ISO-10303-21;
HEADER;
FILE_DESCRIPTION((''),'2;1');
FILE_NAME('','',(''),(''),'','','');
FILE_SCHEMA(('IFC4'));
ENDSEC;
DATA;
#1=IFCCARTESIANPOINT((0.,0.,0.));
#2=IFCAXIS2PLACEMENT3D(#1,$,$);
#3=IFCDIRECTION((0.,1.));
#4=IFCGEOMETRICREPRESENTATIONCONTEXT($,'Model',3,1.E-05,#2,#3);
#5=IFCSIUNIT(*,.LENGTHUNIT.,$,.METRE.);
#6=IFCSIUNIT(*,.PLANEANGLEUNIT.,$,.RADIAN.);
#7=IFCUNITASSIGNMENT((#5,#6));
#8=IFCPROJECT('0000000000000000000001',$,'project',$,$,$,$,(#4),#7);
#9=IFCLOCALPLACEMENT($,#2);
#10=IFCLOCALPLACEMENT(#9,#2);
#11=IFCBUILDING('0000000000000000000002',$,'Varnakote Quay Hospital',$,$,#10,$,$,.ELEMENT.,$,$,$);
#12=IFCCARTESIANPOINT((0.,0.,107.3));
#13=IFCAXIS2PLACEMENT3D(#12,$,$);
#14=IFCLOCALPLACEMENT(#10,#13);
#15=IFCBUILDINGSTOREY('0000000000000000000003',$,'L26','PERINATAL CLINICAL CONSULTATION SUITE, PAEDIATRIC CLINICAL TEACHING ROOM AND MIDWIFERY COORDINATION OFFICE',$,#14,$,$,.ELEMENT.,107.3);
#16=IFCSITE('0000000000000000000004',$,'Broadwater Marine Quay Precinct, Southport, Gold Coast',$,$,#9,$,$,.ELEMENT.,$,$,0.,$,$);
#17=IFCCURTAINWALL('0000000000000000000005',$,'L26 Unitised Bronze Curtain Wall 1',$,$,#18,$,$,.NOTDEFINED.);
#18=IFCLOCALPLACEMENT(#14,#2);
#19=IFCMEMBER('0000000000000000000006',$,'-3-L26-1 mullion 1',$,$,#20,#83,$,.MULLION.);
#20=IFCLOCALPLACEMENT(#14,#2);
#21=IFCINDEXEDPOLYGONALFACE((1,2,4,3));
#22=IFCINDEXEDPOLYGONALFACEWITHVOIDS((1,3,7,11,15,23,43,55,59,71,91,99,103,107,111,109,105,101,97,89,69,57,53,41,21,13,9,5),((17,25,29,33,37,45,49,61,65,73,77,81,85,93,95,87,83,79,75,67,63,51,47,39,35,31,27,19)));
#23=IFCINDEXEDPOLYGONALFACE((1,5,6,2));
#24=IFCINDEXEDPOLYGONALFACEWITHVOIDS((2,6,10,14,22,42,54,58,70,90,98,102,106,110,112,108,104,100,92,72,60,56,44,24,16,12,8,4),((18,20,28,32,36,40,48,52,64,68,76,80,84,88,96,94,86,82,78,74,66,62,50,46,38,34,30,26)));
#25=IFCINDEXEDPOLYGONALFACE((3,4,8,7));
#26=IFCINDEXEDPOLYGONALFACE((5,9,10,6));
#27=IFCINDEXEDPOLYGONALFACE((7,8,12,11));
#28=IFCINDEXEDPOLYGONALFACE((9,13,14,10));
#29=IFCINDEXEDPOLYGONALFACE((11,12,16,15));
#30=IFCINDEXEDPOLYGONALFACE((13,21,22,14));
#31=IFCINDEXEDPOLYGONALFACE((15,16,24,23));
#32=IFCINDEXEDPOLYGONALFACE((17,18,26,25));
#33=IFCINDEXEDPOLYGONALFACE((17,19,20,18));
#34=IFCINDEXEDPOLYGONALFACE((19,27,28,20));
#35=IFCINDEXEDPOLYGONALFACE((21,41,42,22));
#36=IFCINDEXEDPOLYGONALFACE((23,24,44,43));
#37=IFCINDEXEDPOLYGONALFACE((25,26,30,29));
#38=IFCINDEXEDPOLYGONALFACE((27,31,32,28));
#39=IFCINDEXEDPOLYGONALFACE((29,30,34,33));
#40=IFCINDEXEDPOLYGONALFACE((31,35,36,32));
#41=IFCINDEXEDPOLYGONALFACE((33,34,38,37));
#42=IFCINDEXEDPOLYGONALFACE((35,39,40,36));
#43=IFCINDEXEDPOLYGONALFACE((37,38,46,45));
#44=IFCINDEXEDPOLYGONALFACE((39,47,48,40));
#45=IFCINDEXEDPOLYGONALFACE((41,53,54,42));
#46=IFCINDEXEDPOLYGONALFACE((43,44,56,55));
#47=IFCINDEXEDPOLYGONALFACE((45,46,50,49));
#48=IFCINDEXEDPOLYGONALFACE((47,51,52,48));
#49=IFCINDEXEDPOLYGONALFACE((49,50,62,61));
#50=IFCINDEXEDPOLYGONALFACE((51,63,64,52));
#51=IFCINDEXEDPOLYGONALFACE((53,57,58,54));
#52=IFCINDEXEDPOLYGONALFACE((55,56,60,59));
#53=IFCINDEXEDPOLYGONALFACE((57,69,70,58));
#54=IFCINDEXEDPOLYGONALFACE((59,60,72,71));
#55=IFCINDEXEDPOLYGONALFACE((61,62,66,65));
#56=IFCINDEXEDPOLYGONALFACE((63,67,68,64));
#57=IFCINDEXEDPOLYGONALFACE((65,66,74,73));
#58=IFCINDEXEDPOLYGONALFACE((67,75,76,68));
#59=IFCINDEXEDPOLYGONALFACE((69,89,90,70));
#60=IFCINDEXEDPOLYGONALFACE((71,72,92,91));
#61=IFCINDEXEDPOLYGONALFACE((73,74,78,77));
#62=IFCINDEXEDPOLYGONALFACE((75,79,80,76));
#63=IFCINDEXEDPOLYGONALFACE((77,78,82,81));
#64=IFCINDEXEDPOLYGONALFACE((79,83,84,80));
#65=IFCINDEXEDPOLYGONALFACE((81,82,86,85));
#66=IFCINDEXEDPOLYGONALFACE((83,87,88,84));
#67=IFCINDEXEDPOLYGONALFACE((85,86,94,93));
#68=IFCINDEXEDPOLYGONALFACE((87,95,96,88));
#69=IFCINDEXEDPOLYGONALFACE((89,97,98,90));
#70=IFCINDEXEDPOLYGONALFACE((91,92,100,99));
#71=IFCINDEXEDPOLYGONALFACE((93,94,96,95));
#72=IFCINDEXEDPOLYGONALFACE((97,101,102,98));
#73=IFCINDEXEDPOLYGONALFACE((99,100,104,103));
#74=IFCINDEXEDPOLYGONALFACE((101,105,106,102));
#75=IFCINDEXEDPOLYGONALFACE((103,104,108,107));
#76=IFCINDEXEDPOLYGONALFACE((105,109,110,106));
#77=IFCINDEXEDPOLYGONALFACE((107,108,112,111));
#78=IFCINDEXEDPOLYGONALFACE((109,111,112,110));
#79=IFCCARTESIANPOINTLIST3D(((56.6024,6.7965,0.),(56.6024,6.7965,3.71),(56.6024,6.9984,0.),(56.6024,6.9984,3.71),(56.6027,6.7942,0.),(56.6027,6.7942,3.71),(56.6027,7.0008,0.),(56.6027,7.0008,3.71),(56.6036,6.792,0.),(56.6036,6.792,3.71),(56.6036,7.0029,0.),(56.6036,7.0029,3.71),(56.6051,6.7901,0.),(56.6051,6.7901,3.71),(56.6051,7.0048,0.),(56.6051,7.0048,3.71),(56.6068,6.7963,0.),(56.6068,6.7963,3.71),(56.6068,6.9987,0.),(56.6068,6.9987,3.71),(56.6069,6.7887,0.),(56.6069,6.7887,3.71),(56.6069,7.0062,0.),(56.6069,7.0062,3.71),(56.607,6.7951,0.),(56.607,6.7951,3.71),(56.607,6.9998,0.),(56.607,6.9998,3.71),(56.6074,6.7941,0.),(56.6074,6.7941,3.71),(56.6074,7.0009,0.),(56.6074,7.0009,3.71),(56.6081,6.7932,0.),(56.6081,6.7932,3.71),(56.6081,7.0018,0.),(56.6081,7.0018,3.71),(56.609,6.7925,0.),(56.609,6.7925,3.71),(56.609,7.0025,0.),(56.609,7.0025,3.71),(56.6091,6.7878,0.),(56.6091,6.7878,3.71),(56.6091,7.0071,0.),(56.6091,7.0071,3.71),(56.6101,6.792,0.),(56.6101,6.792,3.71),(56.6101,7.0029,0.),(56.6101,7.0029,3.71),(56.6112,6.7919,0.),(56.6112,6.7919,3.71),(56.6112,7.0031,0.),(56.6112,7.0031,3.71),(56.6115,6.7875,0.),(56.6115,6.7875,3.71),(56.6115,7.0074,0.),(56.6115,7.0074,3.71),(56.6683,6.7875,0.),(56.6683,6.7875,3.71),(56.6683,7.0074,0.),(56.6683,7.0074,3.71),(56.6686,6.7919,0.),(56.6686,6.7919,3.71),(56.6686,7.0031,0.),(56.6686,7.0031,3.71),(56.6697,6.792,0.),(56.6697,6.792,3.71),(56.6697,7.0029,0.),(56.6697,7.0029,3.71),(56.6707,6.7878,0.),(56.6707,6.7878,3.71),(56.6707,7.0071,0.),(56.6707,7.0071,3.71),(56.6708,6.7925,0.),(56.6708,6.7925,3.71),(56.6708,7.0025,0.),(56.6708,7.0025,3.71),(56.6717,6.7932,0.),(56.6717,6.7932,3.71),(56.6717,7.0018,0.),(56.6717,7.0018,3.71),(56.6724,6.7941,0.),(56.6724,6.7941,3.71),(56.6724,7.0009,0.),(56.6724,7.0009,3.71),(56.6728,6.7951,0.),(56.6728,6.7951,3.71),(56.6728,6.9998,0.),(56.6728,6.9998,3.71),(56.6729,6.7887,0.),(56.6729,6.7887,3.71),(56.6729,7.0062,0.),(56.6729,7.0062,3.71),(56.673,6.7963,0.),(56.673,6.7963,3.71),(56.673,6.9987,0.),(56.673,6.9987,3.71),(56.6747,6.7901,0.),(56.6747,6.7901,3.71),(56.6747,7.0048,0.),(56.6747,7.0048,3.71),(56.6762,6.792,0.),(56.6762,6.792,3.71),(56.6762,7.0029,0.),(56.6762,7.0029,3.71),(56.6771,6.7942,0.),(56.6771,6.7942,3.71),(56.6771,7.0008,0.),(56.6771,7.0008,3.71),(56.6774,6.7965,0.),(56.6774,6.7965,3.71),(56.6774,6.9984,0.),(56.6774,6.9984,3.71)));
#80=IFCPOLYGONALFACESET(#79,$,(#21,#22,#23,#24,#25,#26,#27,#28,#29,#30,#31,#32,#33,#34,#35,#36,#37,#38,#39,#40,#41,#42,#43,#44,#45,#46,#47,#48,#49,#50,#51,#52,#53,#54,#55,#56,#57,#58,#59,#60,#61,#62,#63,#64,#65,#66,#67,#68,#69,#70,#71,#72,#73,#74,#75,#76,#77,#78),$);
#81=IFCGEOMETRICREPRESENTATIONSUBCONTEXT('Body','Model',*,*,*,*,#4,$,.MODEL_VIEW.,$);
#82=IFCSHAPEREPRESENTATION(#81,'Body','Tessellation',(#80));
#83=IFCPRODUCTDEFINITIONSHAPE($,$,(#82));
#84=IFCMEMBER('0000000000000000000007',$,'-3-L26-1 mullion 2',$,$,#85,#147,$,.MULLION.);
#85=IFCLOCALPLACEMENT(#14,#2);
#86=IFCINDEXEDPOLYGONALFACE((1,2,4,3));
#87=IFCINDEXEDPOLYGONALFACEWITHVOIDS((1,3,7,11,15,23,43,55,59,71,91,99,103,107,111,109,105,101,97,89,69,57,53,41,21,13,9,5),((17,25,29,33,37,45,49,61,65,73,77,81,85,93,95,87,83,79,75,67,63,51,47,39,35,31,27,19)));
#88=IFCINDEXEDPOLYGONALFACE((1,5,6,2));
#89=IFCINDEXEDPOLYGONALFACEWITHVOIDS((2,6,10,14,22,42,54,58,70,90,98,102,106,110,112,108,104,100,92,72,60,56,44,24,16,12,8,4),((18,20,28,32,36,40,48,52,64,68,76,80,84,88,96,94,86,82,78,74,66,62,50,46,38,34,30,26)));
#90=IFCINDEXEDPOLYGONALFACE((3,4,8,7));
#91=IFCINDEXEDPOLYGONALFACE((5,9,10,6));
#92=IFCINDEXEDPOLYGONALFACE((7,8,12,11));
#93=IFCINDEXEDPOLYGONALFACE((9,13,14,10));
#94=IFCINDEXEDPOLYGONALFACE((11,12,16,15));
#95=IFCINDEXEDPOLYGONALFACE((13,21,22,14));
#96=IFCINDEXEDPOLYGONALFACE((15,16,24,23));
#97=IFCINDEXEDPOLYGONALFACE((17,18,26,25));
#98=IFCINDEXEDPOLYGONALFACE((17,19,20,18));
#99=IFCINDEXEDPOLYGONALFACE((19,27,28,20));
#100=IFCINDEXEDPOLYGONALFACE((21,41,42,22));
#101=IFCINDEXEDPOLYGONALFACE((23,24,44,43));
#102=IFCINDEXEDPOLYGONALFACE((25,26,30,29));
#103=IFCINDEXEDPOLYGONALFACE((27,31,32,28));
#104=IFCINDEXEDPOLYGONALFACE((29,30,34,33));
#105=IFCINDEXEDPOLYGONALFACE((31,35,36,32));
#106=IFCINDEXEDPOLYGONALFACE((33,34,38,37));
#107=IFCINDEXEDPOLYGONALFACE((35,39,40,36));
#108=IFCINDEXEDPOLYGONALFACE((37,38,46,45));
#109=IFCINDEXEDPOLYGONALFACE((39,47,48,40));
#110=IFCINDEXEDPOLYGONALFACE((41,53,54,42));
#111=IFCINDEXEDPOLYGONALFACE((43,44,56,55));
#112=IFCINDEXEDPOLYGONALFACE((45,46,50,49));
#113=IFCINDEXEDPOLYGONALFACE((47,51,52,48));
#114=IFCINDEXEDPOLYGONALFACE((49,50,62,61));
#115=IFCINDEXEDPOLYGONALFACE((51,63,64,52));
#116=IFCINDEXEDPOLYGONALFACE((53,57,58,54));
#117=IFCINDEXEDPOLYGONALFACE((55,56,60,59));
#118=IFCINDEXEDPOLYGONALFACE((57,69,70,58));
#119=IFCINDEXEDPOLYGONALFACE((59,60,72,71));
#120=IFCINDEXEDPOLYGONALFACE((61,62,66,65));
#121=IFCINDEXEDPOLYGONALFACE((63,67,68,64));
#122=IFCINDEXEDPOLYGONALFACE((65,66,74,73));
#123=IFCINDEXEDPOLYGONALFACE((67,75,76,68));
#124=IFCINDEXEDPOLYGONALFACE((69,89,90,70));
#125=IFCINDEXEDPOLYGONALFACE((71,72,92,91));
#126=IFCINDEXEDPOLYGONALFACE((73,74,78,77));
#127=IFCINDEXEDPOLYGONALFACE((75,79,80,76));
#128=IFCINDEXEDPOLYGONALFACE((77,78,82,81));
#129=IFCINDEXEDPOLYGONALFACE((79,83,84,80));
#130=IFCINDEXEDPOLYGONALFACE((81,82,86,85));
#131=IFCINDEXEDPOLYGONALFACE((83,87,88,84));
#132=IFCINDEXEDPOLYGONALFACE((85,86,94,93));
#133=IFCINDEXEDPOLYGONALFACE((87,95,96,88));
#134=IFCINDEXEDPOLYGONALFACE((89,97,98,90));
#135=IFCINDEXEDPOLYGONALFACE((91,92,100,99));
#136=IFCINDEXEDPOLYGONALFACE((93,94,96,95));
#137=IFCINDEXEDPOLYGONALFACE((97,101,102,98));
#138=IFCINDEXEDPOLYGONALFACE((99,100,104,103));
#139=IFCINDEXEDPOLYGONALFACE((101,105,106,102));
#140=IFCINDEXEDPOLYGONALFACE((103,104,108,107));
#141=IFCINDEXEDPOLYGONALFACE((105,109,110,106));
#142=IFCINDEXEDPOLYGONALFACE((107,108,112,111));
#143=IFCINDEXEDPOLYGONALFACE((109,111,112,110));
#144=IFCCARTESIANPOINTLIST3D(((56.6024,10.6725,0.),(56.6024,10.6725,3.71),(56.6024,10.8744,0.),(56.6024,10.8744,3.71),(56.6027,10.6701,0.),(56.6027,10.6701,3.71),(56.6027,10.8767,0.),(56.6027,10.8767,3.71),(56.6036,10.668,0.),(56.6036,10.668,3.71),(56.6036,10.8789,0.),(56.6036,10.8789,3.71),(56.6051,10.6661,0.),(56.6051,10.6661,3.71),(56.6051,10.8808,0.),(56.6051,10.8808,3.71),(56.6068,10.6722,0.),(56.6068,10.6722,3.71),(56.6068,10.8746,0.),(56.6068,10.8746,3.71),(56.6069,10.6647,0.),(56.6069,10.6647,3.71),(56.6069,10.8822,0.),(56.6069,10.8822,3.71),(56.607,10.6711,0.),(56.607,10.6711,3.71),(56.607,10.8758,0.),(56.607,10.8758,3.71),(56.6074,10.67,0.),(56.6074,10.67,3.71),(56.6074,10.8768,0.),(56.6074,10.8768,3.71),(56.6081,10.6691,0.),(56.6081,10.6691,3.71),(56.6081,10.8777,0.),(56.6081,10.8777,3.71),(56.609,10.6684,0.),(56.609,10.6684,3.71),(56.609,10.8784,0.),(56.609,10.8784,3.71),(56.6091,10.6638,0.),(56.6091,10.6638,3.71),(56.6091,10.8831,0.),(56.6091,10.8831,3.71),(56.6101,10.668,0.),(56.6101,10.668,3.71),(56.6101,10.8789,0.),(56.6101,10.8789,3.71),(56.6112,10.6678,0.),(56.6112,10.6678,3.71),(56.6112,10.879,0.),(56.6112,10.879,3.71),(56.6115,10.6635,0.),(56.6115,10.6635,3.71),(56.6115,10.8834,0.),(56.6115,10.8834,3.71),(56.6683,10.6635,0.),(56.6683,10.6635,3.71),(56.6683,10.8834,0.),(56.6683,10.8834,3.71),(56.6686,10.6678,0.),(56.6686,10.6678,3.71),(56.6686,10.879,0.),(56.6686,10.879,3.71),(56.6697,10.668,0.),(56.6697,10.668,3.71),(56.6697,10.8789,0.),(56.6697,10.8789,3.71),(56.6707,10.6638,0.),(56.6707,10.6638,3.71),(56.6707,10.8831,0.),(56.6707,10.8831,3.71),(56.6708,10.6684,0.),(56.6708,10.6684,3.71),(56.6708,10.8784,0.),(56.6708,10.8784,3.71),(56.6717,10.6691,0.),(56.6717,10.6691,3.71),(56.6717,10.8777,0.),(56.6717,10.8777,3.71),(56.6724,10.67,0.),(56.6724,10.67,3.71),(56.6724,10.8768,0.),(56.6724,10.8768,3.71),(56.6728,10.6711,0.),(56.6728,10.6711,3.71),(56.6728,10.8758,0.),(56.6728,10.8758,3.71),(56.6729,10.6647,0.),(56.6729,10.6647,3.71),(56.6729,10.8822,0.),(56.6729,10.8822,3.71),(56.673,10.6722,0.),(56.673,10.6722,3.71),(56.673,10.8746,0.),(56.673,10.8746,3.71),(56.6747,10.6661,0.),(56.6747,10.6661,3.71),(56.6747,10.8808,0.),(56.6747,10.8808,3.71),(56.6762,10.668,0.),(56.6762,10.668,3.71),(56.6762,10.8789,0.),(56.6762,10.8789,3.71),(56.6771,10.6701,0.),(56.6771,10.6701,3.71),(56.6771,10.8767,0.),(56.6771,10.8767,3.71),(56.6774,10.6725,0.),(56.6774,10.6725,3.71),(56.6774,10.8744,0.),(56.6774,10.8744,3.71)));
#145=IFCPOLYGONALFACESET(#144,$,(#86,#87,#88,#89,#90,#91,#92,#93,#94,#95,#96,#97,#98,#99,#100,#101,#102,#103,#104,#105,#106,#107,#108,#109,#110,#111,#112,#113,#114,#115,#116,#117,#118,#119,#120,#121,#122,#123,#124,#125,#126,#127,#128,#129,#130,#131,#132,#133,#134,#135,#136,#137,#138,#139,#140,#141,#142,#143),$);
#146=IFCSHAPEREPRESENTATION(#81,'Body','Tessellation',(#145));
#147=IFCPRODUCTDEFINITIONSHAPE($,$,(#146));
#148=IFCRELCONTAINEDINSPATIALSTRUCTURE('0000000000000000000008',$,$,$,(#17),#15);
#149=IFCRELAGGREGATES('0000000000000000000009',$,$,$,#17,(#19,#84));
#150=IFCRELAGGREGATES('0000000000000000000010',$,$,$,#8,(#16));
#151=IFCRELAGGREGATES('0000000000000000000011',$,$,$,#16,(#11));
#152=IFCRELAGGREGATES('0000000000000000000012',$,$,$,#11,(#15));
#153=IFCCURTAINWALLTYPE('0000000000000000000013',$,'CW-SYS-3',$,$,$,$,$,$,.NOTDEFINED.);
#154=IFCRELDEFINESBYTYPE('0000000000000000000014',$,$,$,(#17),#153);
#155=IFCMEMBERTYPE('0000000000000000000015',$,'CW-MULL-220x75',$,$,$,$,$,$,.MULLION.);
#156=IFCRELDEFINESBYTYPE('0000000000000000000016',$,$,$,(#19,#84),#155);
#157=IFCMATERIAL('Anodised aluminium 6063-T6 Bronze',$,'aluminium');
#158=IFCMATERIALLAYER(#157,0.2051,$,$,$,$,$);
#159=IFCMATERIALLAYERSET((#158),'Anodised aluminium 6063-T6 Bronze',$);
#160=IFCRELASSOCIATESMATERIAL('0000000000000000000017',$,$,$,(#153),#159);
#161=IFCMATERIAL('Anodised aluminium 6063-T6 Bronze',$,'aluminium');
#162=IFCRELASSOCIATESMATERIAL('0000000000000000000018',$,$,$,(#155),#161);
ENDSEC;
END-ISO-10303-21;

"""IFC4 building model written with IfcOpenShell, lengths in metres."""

from ifc_helpers import new_model, si_unit, direction, frame, origin, origin_2d, place, context, subcontext, project, spatial, hollow_rectangle, extrude, material, layer, layer_set, material_profile, profile_set, type_object, element, aggregate, save


model = new_model("IFC4")

# Units and contexts
model_context = context("Model", 3, precision=1e-05, world=origin(), true_north=direction((0.0, 1.0)))
body_context = subcontext(model_context, "Body", "Model", "MODEL_VIEW")
ifc_project = project(units=[si_unit("LENGTHUNIT", "METRE"), si_unit("PLANEANGLEUNIT", "RADIAN")], contexts=[model_context])

# Site, building, storey
site_placement = place(None, origin())
site = spatial("IfcSite", under=ifc_project, at=site_placement, Name="Broadwater Marine Quay Precinct, Southport, Gold Coast", CompositionType="ELEMENT", RefElevation=0.0)
building_placement = place(site_placement, origin())
building = spatial("IfcBuilding", under=site, at=building_placement, Name="Varnakote Quay Hospital", CompositionType="ELEMENT")
storey_placement = place(building_placement, frame((0.0, 0.0, 107.3)))
storey = spatial("IfcBuildingStorey", under=building, at=storey_placement, Name="L26", Description="PERINATAL CLINICAL CONSULTATION SUITE, PAEDIATRIC CLINICAL TEACHING ROOM AND MIDWIFERY COORDINATION OFFICE", CompositionType="ELEMENT", Elevation=107.3)

# Curtain wall, members
ifc_material_1 = material(Name="Anodised aluminium 6063-T6 Bronze", Category="aluminium")
ifc_layer_1 = layer(ifc_material_1, 0.2051)
ifc_layer_set_1 = layer_set([ifc_layer_1], Name="Anodised aluminium 6063-T6 Bronze")
curtain_wall_type = type_object("IfcCurtainWallType", Name="CW-SYS-3", PredefinedType="NOTDEFINED", material=ifc_layer_set_1)
curtain_wall_placement = place(storey_placement, origin())
curtain_wall = element("IfcCurtainWall", 1, at=curtain_wall_placement, inside=storey, type_object=curtain_wall_type, Name="L26 Unitised Bronze Curtain Wall 1", PredefinedType="NOTDEFINED")
ifc_material_2 = material(Name="Anodised aluminium 6063-T6 Bronze", Category="aluminium")
ifc_material_profile_1 = material_profile(ifc_material_2, hollow_rectangle(XDim=0.075, YDim=0.22, WallThickness=0.0044, InnerFilletRadius=0.0044, OuterFilletRadius=0.009, at=origin_2d()), Name="CW-MULL-220x75")
ifc_profile_set_1 = profile_set([ifc_material_profile_1], Name="Anodised aluminium 6063-T6 Bronze")
member_type_1 = type_object("IfcMemberType", Name="CW-MULL-220x75", PredefinedType="MULLION", material=ifc_profile_set_1)
member_1_placement = place(storey_placement, frame((56.6399, 6.8975, 0.0), z_axis=(0.0, 0.0, 1.0), x_axis=(-1.0, 0.0, 0.0)))
member_1 = element("IfcMember", 2, at=member_1_placement, type_object=member_type_1, Name="-3-L26-1 mullion 1", PredefinedType="MULLION", context=body_context, shape_type="SweptSolid", body=[
    extrude(hollow_rectangle(XDim=0.075, YDim=0.22, WallThickness=0.0044, InnerFilletRadius=0.0044, OuterFilletRadius=0.009, at=origin_2d()), origin(), (0.0, 0.0, 1.0), 3.71),
])
member_2_placement = place(storey_placement, frame((56.6399, 10.7734, 0.0), z_axis=(0.0, 0.0, 1.0), x_axis=(-1.0, 0.0, 0.0)))
member_2 = element("IfcMember", 3, at=member_2_placement, type_object=member_type_1, Name="-3-L26-1 mullion 2", PredefinedType="MULLION", context=body_context, shape_type="SweptSolid", body=[
    extrude(hollow_rectangle(XDim=0.075, YDim=0.22, WallThickness=0.0044, InnerFilletRadius=0.0044, OuterFilletRadius=0.009, at=origin_2d()), origin(), (0.0, 0.0, 1.0), 3.71),
])
aggregate(curtain_wall, [member_1, member_2])

save(model, "model.ifc")
